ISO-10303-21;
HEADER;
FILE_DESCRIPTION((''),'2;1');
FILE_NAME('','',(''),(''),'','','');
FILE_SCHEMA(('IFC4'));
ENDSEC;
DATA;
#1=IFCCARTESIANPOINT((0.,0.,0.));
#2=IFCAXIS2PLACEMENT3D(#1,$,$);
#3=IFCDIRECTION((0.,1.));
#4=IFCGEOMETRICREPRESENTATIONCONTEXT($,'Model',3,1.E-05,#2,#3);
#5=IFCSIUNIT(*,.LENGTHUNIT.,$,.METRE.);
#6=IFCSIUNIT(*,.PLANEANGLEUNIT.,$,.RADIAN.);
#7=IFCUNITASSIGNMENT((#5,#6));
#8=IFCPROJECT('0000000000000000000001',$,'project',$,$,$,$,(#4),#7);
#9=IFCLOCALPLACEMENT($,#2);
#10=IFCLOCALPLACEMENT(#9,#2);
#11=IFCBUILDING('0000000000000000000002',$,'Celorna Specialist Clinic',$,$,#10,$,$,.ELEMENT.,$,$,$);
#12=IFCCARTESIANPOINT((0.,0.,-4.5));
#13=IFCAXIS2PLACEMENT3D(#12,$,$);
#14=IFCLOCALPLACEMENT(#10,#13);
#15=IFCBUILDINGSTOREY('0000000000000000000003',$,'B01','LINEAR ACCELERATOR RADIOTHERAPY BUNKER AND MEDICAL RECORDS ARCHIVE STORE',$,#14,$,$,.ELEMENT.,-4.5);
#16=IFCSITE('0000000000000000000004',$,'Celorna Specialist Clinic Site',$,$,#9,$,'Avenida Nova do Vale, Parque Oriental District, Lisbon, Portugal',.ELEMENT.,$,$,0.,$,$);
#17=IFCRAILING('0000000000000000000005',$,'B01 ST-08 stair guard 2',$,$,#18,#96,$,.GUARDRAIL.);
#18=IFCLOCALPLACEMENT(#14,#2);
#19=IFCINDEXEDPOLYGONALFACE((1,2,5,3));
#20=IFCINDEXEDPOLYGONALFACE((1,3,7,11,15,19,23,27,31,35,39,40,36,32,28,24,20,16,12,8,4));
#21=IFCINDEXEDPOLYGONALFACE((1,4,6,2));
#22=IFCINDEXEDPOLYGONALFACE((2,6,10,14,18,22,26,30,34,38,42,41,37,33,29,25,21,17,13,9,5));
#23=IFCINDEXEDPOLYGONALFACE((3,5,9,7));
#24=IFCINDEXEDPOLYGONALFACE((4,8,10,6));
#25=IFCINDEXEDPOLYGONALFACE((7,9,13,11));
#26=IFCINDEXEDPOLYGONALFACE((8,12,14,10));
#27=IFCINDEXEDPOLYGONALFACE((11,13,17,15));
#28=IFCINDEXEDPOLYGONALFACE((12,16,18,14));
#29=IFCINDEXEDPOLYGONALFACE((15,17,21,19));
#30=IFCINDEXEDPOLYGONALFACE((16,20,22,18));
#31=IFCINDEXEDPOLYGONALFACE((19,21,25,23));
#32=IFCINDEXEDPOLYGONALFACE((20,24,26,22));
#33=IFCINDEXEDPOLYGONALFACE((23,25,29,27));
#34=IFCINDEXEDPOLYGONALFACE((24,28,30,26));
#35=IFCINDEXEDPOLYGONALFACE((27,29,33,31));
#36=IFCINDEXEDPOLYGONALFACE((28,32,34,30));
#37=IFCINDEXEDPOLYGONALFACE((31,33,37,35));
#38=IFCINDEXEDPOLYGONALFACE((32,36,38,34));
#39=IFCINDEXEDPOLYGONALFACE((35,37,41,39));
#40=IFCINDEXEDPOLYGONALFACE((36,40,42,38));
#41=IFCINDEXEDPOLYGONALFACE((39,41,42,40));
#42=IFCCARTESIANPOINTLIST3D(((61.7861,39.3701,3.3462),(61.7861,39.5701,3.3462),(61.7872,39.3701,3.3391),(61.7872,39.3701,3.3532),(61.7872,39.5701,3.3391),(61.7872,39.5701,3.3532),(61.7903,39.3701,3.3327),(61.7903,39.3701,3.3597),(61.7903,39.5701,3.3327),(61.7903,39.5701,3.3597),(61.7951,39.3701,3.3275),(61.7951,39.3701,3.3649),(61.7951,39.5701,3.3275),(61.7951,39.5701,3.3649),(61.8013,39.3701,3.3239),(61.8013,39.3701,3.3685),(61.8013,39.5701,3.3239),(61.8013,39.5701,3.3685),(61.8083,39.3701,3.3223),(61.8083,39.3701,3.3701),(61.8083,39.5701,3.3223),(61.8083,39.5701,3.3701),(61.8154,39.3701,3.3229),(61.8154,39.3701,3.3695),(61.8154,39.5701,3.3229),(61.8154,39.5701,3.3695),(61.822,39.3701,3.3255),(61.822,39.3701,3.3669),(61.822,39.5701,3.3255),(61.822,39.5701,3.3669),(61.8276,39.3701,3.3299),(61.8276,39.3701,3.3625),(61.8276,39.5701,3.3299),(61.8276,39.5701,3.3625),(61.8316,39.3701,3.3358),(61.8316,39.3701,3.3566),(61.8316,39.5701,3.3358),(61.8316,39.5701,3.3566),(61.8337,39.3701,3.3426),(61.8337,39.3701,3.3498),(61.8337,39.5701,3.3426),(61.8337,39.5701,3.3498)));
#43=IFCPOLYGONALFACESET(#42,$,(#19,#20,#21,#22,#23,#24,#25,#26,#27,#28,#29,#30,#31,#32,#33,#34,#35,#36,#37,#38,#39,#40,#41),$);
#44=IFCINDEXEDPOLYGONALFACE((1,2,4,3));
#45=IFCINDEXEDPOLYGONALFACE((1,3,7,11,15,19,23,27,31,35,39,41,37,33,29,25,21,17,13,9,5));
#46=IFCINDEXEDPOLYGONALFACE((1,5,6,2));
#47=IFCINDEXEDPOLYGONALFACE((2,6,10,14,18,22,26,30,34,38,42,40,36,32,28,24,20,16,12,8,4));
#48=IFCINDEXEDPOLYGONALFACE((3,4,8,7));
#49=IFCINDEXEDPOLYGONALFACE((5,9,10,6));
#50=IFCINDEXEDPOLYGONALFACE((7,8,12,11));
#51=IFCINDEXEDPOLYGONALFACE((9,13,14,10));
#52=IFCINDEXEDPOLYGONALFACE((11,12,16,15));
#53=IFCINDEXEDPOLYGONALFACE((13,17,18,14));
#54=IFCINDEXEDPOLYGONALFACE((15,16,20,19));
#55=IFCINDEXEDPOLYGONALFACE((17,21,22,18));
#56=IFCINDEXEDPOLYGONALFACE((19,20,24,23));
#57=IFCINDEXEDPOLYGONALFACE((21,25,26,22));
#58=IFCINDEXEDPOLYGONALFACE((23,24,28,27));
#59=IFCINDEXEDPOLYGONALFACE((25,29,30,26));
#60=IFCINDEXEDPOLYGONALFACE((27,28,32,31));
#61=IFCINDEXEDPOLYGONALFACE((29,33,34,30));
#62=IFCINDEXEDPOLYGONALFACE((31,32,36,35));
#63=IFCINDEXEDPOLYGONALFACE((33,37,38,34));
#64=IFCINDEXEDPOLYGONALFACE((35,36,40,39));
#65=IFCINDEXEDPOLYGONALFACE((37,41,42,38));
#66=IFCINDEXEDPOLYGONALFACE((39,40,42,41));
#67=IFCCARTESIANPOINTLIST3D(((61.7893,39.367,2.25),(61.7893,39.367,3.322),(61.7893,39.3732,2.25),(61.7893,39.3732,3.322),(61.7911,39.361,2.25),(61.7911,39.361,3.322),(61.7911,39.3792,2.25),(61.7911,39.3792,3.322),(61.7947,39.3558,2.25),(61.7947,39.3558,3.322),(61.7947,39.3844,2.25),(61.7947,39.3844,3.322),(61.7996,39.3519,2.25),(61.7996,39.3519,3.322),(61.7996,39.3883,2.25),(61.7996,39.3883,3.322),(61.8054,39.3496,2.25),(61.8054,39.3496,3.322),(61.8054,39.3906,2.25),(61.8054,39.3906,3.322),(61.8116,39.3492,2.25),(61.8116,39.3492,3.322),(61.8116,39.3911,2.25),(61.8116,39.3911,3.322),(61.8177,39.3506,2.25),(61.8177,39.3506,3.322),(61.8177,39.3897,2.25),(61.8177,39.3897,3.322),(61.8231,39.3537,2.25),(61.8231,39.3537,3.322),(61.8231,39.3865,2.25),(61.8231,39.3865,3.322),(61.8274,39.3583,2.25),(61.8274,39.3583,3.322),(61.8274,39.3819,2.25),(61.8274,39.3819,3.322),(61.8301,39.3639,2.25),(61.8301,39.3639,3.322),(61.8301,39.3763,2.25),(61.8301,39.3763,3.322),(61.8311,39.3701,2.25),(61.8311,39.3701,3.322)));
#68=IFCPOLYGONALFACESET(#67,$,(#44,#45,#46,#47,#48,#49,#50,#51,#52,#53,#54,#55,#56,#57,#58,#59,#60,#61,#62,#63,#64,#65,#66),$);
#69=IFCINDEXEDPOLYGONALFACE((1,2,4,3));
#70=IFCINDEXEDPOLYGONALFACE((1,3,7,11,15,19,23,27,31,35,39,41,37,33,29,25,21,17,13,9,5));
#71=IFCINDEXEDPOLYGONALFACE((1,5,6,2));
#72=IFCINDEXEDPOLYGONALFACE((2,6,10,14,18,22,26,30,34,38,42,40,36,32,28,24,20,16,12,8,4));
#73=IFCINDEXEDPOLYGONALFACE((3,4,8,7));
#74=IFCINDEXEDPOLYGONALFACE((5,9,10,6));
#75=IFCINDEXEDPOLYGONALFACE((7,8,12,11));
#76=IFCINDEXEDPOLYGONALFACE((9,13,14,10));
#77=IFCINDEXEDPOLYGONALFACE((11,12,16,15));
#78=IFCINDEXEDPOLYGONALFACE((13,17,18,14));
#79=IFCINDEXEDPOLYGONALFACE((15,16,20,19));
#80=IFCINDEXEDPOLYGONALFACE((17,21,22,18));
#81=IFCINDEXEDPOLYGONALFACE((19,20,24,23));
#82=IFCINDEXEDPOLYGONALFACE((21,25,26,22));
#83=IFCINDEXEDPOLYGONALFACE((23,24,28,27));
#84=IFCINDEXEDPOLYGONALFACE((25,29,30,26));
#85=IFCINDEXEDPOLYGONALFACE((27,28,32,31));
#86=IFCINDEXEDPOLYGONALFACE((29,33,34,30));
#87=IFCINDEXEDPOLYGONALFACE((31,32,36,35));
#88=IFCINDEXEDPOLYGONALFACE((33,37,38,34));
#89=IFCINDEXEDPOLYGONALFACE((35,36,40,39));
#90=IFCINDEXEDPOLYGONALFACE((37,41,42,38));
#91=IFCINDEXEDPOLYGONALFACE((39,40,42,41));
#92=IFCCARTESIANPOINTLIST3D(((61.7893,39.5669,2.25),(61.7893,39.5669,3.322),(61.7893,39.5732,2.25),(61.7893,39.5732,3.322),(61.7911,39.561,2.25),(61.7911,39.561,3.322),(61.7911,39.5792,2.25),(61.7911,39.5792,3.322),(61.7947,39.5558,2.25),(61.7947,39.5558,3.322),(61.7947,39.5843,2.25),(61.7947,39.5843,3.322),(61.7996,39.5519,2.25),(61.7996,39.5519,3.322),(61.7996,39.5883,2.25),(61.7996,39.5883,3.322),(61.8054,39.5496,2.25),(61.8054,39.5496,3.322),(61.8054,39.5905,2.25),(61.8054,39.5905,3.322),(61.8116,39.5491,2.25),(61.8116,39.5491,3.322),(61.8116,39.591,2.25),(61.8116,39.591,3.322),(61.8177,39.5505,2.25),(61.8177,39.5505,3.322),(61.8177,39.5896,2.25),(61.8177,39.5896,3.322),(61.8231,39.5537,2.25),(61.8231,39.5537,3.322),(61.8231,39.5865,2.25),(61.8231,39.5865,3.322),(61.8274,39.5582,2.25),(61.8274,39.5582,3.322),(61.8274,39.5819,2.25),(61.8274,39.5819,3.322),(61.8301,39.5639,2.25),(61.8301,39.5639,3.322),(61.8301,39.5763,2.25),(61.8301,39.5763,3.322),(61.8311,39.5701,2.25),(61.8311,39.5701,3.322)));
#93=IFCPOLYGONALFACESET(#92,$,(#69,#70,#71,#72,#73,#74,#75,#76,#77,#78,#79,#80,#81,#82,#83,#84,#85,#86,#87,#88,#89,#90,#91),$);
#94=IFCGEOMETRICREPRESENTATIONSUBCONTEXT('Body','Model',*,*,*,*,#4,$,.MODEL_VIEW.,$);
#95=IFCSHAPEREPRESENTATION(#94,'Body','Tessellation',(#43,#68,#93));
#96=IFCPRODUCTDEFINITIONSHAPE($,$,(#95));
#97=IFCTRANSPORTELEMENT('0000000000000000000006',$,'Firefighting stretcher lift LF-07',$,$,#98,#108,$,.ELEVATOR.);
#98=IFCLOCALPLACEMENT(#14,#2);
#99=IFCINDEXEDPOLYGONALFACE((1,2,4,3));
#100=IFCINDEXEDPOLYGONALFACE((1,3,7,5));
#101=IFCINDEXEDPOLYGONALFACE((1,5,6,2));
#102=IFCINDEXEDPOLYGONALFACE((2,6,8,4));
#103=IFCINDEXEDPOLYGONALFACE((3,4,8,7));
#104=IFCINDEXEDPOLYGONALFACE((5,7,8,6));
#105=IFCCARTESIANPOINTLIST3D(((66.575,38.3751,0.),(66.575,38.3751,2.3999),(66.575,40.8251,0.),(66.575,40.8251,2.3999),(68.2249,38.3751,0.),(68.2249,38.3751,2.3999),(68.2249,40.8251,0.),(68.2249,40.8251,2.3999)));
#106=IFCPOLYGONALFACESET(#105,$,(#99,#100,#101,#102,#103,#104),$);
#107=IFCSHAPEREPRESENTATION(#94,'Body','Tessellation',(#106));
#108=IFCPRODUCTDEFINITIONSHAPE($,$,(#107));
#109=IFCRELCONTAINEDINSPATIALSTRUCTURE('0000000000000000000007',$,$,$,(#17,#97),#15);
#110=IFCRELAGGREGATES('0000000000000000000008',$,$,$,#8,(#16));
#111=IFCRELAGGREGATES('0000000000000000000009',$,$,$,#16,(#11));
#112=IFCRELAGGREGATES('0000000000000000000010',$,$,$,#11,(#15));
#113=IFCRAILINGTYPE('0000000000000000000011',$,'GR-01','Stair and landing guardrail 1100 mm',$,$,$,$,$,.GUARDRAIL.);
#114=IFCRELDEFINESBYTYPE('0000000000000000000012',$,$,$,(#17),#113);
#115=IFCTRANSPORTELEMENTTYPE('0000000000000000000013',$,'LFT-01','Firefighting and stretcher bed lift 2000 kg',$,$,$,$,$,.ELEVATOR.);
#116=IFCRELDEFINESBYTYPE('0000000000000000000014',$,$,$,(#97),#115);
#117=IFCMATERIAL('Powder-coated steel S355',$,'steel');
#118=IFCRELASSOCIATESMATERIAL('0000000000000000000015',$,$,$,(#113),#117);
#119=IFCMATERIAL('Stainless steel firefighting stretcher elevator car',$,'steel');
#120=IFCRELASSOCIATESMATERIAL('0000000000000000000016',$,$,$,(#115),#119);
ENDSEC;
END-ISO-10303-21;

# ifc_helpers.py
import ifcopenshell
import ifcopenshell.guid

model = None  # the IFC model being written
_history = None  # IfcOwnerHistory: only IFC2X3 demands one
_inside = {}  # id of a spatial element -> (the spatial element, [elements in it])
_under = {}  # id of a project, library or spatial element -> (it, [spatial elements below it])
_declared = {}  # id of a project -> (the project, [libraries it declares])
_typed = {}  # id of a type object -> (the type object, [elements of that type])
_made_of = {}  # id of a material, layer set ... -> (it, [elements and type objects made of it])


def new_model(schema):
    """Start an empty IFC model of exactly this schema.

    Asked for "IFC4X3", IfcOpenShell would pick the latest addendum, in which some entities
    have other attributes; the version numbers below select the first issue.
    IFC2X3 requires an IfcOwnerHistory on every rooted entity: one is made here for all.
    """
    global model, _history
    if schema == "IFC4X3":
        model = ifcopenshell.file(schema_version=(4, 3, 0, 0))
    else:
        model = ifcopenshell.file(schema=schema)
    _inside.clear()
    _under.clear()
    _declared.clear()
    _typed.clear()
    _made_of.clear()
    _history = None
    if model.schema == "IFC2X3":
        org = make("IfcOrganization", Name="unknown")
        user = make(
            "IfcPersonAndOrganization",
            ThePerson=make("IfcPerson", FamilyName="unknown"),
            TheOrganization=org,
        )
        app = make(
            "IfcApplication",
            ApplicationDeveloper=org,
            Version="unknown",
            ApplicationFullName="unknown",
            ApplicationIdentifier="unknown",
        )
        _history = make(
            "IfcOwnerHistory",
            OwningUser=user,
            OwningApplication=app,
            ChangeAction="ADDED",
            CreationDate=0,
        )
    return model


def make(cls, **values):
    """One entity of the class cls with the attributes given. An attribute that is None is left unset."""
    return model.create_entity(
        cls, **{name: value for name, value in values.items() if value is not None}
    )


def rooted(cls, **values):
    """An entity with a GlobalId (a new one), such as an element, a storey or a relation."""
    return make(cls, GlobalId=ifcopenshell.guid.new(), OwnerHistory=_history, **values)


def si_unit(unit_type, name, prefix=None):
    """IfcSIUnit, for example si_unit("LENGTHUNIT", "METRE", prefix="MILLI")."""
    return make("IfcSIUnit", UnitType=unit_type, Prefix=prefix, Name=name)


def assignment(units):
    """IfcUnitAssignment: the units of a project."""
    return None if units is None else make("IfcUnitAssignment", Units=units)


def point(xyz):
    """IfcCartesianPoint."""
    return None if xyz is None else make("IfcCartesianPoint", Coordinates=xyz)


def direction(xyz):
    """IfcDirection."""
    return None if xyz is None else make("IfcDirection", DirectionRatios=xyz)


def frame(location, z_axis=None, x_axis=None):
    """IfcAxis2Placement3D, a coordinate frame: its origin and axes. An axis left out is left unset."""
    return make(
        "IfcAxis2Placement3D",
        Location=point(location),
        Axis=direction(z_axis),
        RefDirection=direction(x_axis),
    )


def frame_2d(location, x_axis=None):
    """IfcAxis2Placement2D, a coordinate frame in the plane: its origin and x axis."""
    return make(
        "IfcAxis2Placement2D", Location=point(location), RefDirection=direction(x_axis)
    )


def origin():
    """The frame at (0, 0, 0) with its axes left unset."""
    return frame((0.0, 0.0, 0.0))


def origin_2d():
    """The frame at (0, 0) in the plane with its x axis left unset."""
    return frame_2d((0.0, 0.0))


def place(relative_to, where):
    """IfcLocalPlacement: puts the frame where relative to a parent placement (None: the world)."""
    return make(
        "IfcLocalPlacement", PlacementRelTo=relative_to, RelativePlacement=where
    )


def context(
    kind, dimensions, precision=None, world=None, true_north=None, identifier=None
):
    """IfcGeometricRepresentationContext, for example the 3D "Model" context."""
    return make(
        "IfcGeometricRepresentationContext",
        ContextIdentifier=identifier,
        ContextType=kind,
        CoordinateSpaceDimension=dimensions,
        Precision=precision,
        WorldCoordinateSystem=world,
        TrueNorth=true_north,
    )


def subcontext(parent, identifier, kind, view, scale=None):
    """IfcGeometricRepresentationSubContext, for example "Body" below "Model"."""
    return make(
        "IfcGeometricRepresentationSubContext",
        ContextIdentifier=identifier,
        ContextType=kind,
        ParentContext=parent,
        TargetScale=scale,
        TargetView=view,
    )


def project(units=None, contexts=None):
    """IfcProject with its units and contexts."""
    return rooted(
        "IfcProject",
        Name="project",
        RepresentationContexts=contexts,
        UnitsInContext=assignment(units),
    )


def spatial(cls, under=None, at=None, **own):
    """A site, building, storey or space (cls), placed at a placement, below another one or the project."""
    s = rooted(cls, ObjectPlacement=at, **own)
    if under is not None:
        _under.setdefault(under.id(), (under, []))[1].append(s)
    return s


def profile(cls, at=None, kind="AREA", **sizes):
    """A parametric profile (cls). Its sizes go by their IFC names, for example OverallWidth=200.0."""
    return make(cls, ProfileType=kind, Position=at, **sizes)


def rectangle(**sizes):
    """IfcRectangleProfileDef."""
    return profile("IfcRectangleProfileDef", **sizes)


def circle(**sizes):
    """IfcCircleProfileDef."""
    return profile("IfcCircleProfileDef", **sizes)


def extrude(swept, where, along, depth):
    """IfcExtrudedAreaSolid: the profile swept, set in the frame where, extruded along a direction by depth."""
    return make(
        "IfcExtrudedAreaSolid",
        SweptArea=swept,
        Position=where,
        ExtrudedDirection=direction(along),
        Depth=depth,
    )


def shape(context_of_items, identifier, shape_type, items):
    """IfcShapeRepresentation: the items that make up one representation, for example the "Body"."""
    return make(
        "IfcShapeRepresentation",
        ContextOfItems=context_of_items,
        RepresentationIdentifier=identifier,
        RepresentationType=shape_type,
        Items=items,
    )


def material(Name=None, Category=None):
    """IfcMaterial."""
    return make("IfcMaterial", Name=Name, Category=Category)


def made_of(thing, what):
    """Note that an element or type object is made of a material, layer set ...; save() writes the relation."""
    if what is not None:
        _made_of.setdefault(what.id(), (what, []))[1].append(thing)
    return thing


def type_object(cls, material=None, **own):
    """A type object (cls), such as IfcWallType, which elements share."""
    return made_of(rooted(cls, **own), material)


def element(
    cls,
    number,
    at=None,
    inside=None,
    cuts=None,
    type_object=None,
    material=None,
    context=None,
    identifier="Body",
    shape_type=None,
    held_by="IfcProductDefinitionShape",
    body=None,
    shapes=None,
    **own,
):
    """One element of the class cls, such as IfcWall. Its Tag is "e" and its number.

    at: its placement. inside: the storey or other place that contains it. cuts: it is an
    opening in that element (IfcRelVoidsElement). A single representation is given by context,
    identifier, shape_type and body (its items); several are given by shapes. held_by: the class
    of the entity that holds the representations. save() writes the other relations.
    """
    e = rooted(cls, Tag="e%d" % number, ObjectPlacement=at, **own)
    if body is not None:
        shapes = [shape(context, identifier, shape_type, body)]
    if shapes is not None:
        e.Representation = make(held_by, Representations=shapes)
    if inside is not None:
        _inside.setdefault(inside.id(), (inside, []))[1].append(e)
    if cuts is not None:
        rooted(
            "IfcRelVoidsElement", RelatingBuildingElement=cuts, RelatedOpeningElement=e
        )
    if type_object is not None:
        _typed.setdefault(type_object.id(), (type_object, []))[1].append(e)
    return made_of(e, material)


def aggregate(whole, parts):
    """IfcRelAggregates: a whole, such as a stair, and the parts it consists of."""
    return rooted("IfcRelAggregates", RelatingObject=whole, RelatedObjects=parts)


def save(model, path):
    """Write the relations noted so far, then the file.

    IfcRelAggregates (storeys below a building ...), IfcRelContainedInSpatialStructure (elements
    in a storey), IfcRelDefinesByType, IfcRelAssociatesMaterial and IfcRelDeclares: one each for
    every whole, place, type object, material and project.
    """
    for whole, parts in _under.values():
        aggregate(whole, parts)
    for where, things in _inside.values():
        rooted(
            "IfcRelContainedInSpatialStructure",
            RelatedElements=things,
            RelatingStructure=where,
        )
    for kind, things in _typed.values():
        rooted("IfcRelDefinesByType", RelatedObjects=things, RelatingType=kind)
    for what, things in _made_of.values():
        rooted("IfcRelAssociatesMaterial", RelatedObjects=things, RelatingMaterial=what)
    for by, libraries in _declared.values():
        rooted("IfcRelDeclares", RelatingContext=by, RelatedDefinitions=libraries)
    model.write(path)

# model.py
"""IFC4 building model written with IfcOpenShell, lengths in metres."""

from ifc_helpers import new_model, si_unit, direction, frame, origin, origin_2d, place, context, subcontext, project, spatial, rectangle, circle, extrude, material, type_object, element, save


model = new_model("IFC4")

# Units and contexts
model_context = context("Model", 3, precision=1e-05, world=origin(), true_north=direction((0.0, 1.0)))
body_context = subcontext(model_context, "Body", "Model", "MODEL_VIEW")
ifc_project = project(units=[si_unit("LENGTHUNIT", "METRE"), si_unit("PLANEANGLEUNIT", "RADIAN")], contexts=[model_context])

# Site, building, storey
site_placement = place(None, origin())
site = spatial("IfcSite", under=ifc_project, at=site_placement, Name="Celorna Specialist Clinic Site", LongName="Avenida Nova do Vale, Parque Oriental District, Lisbon, Portugal", CompositionType="ELEMENT", RefElevation=0.0)
building_placement = place(site_placement, origin())
building = spatial("IfcBuilding", under=site, at=building_placement, Name="Celorna Specialist Clinic", CompositionType="ELEMENT")
storey_placement = place(building_placement, frame((0.0, 0.0, -4.5)))
storey = spatial("IfcBuildingStorey", under=building, at=storey_placement, Name="B01", Description="LINEAR ACCELERATOR RADIOTHERAPY BUNKER AND MEDICAL RECORDS ARCHIVE STORE", CompositionType="ELEMENT", Elevation=-4.5)

# Railing
ifc_material_1 = material(Name="Powder-coated steel S355", Category="steel")
railing_type = type_object("IfcRailingType", Name="GR-01", Description="Stair and landing guardrail 1100 mm", PredefinedType="GUARDRAIL", material=ifc_material_1)
railing_placement = place(storey_placement, frame((61.8101, 39.3701, 2.25)))
element("IfcRailing", 1, at=railing_placement, inside=storey, type_object=railing_type, Name="B01 ST-08 stair guard 2", PredefinedType="GUARDRAIL", context=body_context, shape_type="SweptSolid", body=[
    extrude(circle(Radius=0.0239, at=origin_2d()), frame((0.0, 0.0, 1.0962), z_axis=(0.0, 1.0, 0.0), x_axis=(-1.0, 0.0, 0.0)), (0.0, 0.0, 1.0), 0.2),
    extrude(circle(Radius=0.021, at=origin_2d()), origin(), (0.0, 0.0, 1.0), 1.072),
    extrude(circle(Radius=0.021, at=origin_2d()), frame((0.0, 0.2, 0.0)), (0.0, 0.0, 1.0), 1.072),
])

# Transport element
ifc_material_2 = material(Name="Stainless steel firefighting stretcher elevator car", Category="steel")
transport_element_type = type_object("IfcTransportElementType", Name="LFT-01", Description="Firefighting and stretcher bed lift 2000 kg", PredefinedType="ELEVATOR", material=ifc_material_2)
transport_element_placement = place(storey_placement, frame((67.3999, 39.6001, 0.0), z_axis=(0.0, 0.0, 1.0), x_axis=(1.0, 0.0, 0.0)))
element("IfcTransportElement", 2, at=transport_element_placement, inside=storey, type_object=transport_element_type, Name="Firefighting stretcher lift LF-07", PredefinedType="ELEVATOR", context=body_context, shape_type="SweptSolid", body=[
    extrude(rectangle(XDim=1.6499, YDim=2.45, at=origin_2d()), origin(), (0.0, 0.0, 1.0), 2.3999),
])

save(model, "model.ifc")
